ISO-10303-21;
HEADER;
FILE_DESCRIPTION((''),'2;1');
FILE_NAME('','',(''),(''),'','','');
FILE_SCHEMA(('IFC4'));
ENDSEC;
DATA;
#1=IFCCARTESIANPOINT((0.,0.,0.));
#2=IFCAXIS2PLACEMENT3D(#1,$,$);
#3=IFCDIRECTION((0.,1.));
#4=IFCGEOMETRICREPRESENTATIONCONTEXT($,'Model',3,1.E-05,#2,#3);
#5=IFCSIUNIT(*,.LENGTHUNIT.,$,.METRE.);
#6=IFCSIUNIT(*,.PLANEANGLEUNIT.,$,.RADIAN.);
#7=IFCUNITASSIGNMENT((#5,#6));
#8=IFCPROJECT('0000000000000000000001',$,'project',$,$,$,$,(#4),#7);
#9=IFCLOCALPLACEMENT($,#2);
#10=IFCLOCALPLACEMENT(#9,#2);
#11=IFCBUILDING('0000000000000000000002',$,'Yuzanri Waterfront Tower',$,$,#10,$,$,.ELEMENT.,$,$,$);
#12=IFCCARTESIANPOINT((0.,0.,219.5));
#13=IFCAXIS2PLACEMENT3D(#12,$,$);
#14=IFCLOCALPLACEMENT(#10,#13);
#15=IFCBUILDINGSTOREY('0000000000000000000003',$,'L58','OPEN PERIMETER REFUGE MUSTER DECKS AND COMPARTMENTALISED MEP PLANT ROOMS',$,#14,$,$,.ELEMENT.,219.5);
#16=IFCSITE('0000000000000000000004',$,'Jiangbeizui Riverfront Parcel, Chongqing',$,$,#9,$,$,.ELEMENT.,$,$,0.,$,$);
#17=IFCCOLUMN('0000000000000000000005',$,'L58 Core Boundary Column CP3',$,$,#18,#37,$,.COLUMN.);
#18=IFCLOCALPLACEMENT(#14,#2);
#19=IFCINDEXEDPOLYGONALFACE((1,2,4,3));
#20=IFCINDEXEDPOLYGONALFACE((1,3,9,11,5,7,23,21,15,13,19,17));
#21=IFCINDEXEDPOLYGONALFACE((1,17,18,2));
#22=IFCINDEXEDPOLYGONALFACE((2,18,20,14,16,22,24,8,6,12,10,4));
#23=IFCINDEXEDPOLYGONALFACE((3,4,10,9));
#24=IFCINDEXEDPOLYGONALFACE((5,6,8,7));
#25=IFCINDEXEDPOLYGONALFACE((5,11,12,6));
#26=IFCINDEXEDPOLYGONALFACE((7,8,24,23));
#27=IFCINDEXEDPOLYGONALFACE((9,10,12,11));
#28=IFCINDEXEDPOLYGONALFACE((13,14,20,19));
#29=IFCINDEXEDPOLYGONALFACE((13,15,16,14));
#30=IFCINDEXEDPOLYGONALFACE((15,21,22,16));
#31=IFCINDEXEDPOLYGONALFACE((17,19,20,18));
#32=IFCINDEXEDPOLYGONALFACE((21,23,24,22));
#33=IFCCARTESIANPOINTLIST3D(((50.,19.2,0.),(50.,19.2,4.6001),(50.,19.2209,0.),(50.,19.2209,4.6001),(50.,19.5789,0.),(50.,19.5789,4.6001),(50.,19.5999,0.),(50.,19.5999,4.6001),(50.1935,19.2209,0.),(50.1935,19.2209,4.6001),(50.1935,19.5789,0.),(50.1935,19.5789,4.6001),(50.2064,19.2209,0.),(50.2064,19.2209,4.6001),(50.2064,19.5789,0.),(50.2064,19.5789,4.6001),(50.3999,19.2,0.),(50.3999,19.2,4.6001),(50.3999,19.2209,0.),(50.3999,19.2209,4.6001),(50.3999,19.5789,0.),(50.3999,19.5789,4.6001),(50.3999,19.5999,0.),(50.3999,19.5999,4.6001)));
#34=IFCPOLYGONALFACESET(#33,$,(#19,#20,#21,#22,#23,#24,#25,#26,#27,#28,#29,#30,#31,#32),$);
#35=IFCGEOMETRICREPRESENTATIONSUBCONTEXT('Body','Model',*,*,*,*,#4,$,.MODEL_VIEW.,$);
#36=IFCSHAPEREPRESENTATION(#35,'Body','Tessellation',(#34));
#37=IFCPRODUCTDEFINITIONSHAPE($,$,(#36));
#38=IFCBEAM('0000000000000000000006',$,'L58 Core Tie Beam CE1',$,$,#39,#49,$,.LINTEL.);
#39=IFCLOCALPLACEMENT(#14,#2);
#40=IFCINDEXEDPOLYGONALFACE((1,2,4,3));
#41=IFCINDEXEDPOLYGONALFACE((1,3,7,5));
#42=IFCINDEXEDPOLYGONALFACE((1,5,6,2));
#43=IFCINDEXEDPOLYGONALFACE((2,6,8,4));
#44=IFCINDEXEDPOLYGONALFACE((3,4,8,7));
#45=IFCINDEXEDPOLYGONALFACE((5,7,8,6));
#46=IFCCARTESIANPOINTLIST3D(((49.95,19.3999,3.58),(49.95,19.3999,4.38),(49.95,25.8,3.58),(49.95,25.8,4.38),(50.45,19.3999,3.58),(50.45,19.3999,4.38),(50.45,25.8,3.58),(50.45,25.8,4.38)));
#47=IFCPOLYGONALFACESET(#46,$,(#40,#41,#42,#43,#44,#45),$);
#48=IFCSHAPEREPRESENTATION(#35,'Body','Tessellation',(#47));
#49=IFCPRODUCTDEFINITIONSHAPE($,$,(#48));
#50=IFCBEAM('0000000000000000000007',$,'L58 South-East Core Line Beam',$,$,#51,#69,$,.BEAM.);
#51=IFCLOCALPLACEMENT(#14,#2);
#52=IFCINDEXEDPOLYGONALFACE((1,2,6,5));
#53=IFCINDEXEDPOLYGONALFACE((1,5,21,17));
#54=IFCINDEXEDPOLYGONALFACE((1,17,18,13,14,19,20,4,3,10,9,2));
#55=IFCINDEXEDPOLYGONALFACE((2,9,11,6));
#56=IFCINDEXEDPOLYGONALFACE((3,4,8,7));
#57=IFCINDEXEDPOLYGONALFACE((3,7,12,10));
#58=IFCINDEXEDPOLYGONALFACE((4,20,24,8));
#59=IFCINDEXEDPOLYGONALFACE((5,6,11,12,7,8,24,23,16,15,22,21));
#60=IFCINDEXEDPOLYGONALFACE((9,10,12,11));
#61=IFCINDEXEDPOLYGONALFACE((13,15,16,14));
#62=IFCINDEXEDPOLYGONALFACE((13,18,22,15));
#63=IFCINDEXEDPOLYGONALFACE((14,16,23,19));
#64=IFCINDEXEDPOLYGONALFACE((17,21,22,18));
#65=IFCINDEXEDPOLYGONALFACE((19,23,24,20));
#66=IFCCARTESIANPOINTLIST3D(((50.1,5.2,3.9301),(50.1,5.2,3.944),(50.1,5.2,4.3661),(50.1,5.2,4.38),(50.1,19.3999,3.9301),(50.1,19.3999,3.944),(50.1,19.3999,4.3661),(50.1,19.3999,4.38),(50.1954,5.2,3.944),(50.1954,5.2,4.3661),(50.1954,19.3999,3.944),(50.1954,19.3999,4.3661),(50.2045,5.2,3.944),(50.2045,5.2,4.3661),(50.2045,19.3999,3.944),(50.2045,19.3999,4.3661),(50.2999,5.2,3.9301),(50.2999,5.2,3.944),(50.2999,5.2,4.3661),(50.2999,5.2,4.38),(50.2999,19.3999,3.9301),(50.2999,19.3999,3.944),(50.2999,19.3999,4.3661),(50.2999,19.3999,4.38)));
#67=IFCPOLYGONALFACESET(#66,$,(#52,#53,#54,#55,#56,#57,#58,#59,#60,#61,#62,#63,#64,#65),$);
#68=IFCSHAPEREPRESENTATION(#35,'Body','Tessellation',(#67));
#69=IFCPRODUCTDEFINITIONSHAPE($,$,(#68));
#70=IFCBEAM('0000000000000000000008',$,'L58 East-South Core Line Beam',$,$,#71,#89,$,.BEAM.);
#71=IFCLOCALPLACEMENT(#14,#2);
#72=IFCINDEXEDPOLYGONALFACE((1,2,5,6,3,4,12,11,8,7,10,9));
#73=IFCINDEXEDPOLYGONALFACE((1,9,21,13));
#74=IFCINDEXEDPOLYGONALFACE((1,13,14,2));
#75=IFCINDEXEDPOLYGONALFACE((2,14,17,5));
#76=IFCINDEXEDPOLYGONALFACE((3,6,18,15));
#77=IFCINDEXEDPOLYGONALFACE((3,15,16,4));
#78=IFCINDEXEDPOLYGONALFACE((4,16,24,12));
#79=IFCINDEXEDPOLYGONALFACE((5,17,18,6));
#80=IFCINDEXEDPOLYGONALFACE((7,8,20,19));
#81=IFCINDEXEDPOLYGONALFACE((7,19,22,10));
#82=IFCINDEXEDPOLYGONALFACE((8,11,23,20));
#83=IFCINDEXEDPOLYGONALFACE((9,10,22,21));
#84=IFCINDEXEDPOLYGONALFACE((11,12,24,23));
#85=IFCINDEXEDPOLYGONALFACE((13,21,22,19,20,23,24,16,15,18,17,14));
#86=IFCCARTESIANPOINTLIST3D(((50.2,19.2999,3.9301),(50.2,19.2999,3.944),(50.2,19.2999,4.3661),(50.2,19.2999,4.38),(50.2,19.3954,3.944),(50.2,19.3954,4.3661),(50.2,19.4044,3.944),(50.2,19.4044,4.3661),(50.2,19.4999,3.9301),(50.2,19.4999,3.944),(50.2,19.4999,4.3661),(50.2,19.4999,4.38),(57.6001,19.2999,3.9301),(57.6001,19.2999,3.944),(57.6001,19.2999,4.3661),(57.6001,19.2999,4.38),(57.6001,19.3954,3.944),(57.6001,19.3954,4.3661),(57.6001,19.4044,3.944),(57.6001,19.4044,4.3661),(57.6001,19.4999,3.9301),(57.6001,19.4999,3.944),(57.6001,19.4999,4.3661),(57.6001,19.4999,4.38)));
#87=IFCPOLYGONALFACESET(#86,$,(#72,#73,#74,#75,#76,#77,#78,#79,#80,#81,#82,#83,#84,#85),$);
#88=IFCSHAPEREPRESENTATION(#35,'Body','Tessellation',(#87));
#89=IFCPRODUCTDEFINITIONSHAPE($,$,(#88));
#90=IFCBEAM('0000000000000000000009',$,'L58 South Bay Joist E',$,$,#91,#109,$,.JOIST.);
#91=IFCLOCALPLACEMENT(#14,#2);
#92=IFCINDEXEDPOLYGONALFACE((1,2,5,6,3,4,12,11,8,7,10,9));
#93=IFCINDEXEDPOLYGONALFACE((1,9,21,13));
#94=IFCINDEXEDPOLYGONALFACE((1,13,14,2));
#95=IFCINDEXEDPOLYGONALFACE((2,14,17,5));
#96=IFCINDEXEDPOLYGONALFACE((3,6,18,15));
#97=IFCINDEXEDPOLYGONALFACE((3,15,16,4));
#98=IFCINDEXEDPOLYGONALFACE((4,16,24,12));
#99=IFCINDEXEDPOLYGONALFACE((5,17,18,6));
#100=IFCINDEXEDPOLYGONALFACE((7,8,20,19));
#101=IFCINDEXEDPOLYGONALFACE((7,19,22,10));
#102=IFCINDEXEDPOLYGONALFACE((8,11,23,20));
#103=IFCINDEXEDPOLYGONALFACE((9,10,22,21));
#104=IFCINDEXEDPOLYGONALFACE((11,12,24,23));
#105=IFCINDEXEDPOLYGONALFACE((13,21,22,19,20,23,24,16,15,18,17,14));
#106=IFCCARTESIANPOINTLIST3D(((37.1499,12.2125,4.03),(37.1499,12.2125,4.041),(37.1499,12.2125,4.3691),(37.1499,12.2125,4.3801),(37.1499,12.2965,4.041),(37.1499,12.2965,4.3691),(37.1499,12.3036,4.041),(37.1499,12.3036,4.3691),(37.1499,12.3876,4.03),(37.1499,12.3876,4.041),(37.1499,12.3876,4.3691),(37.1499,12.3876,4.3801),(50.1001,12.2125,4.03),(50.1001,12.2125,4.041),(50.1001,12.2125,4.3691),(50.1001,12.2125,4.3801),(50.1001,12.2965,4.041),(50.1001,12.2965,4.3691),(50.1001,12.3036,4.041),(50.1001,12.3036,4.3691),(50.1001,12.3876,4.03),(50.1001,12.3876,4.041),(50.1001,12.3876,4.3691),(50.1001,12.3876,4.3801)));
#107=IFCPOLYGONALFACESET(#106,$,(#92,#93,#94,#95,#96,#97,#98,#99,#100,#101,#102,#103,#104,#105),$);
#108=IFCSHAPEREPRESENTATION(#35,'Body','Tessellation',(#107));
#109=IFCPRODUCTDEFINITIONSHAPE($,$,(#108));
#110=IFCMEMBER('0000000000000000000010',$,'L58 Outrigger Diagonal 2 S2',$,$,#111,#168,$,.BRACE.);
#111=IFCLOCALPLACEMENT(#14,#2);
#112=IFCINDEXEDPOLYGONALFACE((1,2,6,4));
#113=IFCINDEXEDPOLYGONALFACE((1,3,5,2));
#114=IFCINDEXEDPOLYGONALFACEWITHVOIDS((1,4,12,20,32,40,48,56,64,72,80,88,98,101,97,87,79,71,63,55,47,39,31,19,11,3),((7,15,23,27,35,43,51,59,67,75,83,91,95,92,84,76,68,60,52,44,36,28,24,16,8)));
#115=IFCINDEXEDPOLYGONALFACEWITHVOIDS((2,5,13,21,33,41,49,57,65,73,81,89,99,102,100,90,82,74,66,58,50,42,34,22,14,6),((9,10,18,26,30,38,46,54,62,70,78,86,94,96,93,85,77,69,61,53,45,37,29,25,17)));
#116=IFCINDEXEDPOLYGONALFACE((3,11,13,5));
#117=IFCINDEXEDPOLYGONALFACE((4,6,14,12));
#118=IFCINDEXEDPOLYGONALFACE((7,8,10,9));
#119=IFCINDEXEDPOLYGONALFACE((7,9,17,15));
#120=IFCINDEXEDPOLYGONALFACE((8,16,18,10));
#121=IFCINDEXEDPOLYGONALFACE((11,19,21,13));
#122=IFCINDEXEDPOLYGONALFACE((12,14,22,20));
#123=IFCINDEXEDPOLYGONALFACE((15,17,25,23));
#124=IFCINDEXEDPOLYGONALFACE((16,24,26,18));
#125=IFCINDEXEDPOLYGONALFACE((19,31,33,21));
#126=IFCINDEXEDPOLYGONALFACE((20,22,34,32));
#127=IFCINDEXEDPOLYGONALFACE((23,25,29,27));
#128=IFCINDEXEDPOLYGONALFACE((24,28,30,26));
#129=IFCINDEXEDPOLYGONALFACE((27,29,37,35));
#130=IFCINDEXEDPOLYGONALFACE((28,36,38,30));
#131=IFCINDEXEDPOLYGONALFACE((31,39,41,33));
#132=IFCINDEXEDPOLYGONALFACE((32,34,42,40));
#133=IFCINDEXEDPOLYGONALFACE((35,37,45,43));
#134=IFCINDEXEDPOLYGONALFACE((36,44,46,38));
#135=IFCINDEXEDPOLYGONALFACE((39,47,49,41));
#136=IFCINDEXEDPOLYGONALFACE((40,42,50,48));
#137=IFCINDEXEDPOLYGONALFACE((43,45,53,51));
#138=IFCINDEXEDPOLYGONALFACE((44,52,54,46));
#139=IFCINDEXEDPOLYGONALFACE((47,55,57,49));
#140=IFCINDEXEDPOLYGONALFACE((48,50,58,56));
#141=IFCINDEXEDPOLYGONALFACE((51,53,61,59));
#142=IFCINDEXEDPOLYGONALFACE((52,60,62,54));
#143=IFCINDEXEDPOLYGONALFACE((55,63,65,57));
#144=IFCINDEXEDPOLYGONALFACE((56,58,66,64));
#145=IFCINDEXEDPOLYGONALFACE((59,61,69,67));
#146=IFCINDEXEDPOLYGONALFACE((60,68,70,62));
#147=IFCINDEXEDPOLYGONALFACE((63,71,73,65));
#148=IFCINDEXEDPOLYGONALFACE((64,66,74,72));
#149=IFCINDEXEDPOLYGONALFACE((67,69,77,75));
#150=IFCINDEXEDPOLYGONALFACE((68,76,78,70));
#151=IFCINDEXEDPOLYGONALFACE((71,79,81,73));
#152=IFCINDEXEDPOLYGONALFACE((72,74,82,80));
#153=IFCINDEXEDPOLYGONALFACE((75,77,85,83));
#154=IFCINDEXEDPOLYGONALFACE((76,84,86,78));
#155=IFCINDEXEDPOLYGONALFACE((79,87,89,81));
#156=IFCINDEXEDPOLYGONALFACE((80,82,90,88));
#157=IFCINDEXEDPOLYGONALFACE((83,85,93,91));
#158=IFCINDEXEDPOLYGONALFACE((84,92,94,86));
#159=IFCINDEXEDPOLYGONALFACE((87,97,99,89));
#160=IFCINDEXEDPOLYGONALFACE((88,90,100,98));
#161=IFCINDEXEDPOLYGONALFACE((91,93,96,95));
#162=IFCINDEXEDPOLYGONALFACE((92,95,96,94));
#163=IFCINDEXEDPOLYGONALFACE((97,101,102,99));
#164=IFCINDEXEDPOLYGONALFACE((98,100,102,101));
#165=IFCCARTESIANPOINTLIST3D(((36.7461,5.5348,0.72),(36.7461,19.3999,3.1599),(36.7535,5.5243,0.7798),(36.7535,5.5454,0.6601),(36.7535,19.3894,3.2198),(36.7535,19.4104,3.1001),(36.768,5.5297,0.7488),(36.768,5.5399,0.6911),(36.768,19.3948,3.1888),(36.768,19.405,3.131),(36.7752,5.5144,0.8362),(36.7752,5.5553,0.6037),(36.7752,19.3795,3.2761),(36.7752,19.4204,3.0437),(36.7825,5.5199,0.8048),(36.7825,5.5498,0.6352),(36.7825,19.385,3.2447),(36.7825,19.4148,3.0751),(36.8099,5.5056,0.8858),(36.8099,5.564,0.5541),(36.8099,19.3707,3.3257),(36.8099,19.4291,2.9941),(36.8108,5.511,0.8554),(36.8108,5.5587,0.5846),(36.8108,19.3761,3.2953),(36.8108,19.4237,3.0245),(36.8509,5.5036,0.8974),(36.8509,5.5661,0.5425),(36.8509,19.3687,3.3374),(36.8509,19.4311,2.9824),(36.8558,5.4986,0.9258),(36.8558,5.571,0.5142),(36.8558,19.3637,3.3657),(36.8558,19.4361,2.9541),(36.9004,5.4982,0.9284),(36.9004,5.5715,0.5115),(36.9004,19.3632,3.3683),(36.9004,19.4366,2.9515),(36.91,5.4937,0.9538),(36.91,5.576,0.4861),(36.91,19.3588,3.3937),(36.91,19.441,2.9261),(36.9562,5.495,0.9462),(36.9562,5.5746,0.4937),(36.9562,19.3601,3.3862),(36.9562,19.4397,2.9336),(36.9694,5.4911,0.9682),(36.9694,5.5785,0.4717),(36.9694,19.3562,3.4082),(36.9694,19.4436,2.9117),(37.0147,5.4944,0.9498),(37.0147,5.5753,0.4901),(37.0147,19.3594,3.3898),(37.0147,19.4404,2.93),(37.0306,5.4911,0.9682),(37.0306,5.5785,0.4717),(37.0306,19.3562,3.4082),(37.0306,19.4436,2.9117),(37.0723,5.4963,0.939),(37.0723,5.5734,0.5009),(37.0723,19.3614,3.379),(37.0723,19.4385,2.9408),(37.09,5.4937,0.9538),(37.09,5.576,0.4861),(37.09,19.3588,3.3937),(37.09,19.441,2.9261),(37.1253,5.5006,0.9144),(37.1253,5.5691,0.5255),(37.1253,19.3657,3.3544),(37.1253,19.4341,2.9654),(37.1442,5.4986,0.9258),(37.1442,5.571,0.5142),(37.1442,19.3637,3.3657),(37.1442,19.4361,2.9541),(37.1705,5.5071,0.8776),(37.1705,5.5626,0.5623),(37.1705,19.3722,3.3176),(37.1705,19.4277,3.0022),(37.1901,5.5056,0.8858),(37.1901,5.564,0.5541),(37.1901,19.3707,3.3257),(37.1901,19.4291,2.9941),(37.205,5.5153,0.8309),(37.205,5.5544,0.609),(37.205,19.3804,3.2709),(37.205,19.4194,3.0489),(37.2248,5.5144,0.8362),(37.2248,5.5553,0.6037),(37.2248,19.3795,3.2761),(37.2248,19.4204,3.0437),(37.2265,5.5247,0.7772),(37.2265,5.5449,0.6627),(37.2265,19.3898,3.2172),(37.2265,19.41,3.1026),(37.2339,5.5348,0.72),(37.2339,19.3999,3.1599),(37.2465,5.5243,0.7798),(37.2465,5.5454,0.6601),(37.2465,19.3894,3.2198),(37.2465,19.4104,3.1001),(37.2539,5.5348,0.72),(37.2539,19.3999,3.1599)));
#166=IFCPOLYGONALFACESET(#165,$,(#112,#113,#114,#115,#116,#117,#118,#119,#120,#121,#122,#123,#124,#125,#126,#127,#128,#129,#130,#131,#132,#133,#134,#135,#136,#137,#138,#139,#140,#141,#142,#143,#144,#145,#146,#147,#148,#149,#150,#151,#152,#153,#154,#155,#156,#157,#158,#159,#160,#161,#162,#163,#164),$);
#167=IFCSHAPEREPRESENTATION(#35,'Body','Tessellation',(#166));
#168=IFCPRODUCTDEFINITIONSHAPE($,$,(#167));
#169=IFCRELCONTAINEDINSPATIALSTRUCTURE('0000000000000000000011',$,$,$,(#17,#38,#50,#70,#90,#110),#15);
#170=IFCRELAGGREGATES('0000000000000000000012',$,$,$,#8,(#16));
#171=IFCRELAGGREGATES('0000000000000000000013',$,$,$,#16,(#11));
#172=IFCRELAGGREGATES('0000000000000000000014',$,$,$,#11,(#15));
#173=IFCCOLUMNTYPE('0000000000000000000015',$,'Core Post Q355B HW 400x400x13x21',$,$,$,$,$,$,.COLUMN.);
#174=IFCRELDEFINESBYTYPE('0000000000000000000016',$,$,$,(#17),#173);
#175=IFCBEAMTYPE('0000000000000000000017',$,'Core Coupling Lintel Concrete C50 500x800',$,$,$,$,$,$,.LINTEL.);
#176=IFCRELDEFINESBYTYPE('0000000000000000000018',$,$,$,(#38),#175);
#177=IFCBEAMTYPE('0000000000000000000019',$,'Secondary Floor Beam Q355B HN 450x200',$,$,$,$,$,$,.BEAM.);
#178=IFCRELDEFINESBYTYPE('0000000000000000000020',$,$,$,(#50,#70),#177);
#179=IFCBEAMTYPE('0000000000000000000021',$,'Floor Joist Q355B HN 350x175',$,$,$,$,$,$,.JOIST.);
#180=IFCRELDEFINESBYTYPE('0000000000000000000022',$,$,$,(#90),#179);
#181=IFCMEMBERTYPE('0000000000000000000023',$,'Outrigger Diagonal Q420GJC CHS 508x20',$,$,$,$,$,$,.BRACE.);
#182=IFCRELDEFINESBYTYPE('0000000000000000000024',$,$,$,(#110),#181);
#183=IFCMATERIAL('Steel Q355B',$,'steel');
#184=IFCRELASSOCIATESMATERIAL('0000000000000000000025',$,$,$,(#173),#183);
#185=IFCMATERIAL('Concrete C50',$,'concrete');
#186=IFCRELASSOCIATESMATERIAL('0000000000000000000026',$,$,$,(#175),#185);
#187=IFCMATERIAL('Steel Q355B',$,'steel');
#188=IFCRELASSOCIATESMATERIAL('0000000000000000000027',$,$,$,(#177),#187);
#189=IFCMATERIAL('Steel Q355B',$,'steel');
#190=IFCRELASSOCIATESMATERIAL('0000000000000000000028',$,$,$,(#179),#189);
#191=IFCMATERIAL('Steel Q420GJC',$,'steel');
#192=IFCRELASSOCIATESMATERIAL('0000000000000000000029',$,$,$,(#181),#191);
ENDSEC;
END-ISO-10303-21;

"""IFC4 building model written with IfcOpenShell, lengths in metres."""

from ifc_helpers import new_model, si_unit, direction, frame, origin, origin_2d, place, context, subcontext, project, spatial, rectangle, hollow_circle, i_section, extrude, source, transform, mapped, material, material_profile, profile_set, type_object, element, save


model = new_model("IFC4")

# Units and contexts
model_context = context("Model", 3, precision=1e-05, world=origin(), true_north=direction((0.0, 1.0)))
body_context = subcontext(model_context, "Body", "Model", "MODEL_VIEW")
ifc_project = project(units=[si_unit("LENGTHUNIT", "METRE"), si_unit("PLANEANGLEUNIT", "RADIAN")], contexts=[model_context])

# Site, building, storey
site_placement = place(None, origin())
site = spatial("IfcSite", under=ifc_project, at=site_placement, Name="Jiangbeizui Riverfront Parcel, Chongqing", CompositionType="ELEMENT", RefElevation=0.0)
building_placement = place(site_placement, origin())
building = spatial("IfcBuilding", under=site, at=building_placement, Name="Yuzanri Waterfront Tower", CompositionType="ELEMENT")
storey_placement = place(building_placement, frame((0.0, 0.0, 219.5)))
storey = spatial("IfcBuildingStorey", under=building, at=storey_placement, Name="L58", Description="OPEN PERIMETER REFUGE MUSTER DECKS AND COMPARTMENTALISED MEP PLANT ROOMS", CompositionType="ELEMENT", Elevation=219.5)

# Column
ifc_material_1 = material(Name="Steel Q355B", Category="steel")
ifc_material_profile_1 = material_profile(ifc_material_1, i_section(OverallWidth=0.3999, OverallDepth=0.3999, WebThickness=0.0129, FlangeThickness=0.021, at=origin_2d()), Name="HW 400x400x13x21")
ifc_profile_set_1 = profile_set([ifc_material_profile_1], Name="Steel Q355B")
column_type = type_object("IfcColumnType", Name="Core Post Q355B HW 400x400x13x21", PredefinedType="COLUMN", material=ifc_profile_set_1)
shared_shape_1 = source(origin(), body_context, "Body", "SweptSolid", [
    extrude(i_section(OverallWidth=0.3999, OverallDepth=0.3999, WebThickness=0.0129, FlangeThickness=0.021, at=origin_2d()), origin(), (0.0, 0.0, 1.0), 4.6001),
])
column_placement = place(storey_placement, frame((50.2, 19.3999, 0.0), z_axis=(0.0, 0.0, 1.0), x_axis=(1.0, 0.0, 0.0)))
element("IfcColumn", 1, at=column_placement, inside=storey, type_object=column_type, Name="L58 Core Boundary Column CP3", PredefinedType="COLUMN", context=body_context, shape_type="MappedRepresentation", body=[
    mapped(shared_shape_1, transform((0.0, 0.0, 0.0), scale=1.0)),
])

# Beams
ifc_material_2 = material(Name="Concrete C50", Category="concrete")
ifc_material_profile_2 = material_profile(ifc_material_2, rectangle(XDim=0.5, YDim=0.8, at=origin_2d()), Name="RC 500x800")
ifc_profile_set_2 = profile_set([ifc_material_profile_2], Name="Concrete C50")
beam_type_1 = type_object("IfcBeamType", Name="Core Coupling Lintel Concrete C50 500x800", PredefinedType="LINTEL", material=ifc_profile_set_2)
shared_shape_2 = source(origin(), body_context, "Body", "SweptSolid", [
    extrude(rectangle(XDim=0.5, YDim=0.8, at=origin_2d()), origin(), (0.0, 0.0, 1.0), 6.4001),
])
beam_1_placement = place(storey_placement, frame((50.2, 19.3999, 3.98), z_axis=(0.0, 1.0, 0.0), x_axis=(-1.0, 0.0, 0.0)))
element("IfcBeam", 2, at=beam_1_placement, inside=storey, type_object=beam_type_1, Name="L58 Core Tie Beam CE1", PredefinedType="LINTEL", context=body_context, shape_type="MappedRepresentation", body=[
    mapped(shared_shape_2, transform((0.0, 0.0, 0.0), scale=1.0)),
])
ifc_material_3 = material(Name="Steel Q355B", Category="steel")
ifc_material_profile_3 = material_profile(ifc_material_3, i_section(OverallWidth=0.2, OverallDepth=0.45, WebThickness=0.009, FlangeThickness=0.0139, at=origin_2d()), Name="HN 450x200x9x14")
ifc_profile_set_3 = profile_set([ifc_material_profile_3], Name="Steel Q355B")
beam_type_2 = type_object("IfcBeamType", Name="Secondary Floor Beam Q355B HN 450x200", PredefinedType="BEAM", material=ifc_profile_set_3)
shared_shape_3 = source(origin(), body_context, "Body", "SweptSolid", [
    extrude(i_section(OverallWidth=0.2, OverallDepth=0.45, WebThickness=0.009, FlangeThickness=0.0139, at=origin_2d()), origin(), (0.0, 0.0, 1.0), 14.2),
])
beam_2_placement = place(storey_placement, frame((50.2, 19.3999, 4.155), z_axis=(0.0, -1.0, 0.0), x_axis=(1.0, 0.0, 0.0)))
element("IfcBeam", 3, at=beam_2_placement, inside=storey, type_object=beam_type_2, Name="L58 South-East Core Line Beam", PredefinedType="BEAM", context=body_context, shape_type="MappedRepresentation", body=[
    mapped(shared_shape_3, transform((0.0, 0.0, 0.0), scale=1.0)),
])
shared_shape_4 = source(origin(), body_context, "Body", "SweptSolid", [
    extrude(i_section(OverallWidth=0.2, OverallDepth=0.45, WebThickness=0.009, FlangeThickness=0.0139, at=origin_2d()), origin(), (0.0, 0.0, 1.0), 7.4001),
])
beam_3_placement = place(storey_placement, frame((50.2, 19.3999, 4.155), z_axis=(1.0, 0.0, 0.0), x_axis=(0.0, 1.0, 0.0)))
element("IfcBeam", 4, at=beam_3_placement, inside=storey, type_object=beam_type_2, Name="L58 East-South Core Line Beam", PredefinedType="BEAM", context=body_context, shape_type="MappedRepresentation", body=[
    mapped(shared_shape_4, transform((0.0, 0.0, 0.0), scale=1.0)),
])
ifc_material_4 = material(Name="Steel Q355B", Category="steel")
ifc_material_profile_4 = material_profile(ifc_material_4, i_section(OverallWidth=0.175, OverallDepth=0.3501, WebThickness=0.0071, FlangeThickness=0.011, at=origin_2d()), Name="HN 350x175x7x11")
ifc_profile_set_4 = profile_set([ifc_material_profile_4], Name="Steel Q355B")
beam_type_3 = type_object("IfcBeamType", Name="Floor Joist Q355B HN 350x175", PredefinedType="JOIST", material=ifc_profile_set_4)
shared_shape_5 = source(origin(), body_context, "Body", "SweptSolid", [
    extrude(i_section(OverallWidth=0.175, OverallDepth=0.3501, WebThickness=0.0071, FlangeThickness=0.011, at=origin_2d()), origin(), (0.0, 0.0, 1.0), 12.9502),
])
beam_4_placement = place(storey_placement, frame((37.1499, 12.3, 4.2051), z_axis=(1.0, 0.0, 0.0), x_axis=(0.0, 1.0, 0.0)))
element("IfcBeam", 5, at=beam_4_placement, inside=storey, type_object=beam_type_3, Name="L58 South Bay Joist E", PredefinedType="JOIST", context=body_context, shape_type="MappedRepresentation", body=[
    mapped(shared_shape_5, transform((0.0, 0.0, 0.0), scale=1.0)),
])

# Member
ifc_material_5 = material(Name="Steel Q420GJC", Category="steel")
ifc_material_profile_5 = material_profile(ifc_material_5, hollow_circle(Radius=0.2539, WallThickness=0.02, at=origin_2d()), Name="CHS 508x20")
ifc_profile_set_5 = profile_set([ifc_material_profile_5], Name="Steel Q420GJC")
member_type_1 = type_object("IfcMemberType", Name="Outrigger Diagonal Q420GJC CHS 508x20", PredefinedType="BRACE", material=ifc_profile_set_5)
shared_shape_6 = source(origin(), body_context, "Body", "SweptSolid", [
    extrude(hollow_circle(Radius=0.2539, WallThickness=0.02, at=origin_2d()), origin(), (0.0, 0.0, 1.0), 14.0781),
])
member_placement = place(storey_placement, frame((37.0, 19.3999, 3.1599), z_axis=(0.0, -0.984866, -0.173315), x_axis=(1.0, 0.0, 0.0)))
element("IfcMember", 6, at=member_placement, inside=storey, type_object=member_type_1, Name="L58 Outrigger Diagonal 2 S2", PredefinedType="BRACE", context=body_context, shape_type="MappedRepresentation", body=[
    mapped(shared_shape_6, transform((0.0, 0.0, 0.0), scale=1.0)),
])

save(model, "model.ifc")
